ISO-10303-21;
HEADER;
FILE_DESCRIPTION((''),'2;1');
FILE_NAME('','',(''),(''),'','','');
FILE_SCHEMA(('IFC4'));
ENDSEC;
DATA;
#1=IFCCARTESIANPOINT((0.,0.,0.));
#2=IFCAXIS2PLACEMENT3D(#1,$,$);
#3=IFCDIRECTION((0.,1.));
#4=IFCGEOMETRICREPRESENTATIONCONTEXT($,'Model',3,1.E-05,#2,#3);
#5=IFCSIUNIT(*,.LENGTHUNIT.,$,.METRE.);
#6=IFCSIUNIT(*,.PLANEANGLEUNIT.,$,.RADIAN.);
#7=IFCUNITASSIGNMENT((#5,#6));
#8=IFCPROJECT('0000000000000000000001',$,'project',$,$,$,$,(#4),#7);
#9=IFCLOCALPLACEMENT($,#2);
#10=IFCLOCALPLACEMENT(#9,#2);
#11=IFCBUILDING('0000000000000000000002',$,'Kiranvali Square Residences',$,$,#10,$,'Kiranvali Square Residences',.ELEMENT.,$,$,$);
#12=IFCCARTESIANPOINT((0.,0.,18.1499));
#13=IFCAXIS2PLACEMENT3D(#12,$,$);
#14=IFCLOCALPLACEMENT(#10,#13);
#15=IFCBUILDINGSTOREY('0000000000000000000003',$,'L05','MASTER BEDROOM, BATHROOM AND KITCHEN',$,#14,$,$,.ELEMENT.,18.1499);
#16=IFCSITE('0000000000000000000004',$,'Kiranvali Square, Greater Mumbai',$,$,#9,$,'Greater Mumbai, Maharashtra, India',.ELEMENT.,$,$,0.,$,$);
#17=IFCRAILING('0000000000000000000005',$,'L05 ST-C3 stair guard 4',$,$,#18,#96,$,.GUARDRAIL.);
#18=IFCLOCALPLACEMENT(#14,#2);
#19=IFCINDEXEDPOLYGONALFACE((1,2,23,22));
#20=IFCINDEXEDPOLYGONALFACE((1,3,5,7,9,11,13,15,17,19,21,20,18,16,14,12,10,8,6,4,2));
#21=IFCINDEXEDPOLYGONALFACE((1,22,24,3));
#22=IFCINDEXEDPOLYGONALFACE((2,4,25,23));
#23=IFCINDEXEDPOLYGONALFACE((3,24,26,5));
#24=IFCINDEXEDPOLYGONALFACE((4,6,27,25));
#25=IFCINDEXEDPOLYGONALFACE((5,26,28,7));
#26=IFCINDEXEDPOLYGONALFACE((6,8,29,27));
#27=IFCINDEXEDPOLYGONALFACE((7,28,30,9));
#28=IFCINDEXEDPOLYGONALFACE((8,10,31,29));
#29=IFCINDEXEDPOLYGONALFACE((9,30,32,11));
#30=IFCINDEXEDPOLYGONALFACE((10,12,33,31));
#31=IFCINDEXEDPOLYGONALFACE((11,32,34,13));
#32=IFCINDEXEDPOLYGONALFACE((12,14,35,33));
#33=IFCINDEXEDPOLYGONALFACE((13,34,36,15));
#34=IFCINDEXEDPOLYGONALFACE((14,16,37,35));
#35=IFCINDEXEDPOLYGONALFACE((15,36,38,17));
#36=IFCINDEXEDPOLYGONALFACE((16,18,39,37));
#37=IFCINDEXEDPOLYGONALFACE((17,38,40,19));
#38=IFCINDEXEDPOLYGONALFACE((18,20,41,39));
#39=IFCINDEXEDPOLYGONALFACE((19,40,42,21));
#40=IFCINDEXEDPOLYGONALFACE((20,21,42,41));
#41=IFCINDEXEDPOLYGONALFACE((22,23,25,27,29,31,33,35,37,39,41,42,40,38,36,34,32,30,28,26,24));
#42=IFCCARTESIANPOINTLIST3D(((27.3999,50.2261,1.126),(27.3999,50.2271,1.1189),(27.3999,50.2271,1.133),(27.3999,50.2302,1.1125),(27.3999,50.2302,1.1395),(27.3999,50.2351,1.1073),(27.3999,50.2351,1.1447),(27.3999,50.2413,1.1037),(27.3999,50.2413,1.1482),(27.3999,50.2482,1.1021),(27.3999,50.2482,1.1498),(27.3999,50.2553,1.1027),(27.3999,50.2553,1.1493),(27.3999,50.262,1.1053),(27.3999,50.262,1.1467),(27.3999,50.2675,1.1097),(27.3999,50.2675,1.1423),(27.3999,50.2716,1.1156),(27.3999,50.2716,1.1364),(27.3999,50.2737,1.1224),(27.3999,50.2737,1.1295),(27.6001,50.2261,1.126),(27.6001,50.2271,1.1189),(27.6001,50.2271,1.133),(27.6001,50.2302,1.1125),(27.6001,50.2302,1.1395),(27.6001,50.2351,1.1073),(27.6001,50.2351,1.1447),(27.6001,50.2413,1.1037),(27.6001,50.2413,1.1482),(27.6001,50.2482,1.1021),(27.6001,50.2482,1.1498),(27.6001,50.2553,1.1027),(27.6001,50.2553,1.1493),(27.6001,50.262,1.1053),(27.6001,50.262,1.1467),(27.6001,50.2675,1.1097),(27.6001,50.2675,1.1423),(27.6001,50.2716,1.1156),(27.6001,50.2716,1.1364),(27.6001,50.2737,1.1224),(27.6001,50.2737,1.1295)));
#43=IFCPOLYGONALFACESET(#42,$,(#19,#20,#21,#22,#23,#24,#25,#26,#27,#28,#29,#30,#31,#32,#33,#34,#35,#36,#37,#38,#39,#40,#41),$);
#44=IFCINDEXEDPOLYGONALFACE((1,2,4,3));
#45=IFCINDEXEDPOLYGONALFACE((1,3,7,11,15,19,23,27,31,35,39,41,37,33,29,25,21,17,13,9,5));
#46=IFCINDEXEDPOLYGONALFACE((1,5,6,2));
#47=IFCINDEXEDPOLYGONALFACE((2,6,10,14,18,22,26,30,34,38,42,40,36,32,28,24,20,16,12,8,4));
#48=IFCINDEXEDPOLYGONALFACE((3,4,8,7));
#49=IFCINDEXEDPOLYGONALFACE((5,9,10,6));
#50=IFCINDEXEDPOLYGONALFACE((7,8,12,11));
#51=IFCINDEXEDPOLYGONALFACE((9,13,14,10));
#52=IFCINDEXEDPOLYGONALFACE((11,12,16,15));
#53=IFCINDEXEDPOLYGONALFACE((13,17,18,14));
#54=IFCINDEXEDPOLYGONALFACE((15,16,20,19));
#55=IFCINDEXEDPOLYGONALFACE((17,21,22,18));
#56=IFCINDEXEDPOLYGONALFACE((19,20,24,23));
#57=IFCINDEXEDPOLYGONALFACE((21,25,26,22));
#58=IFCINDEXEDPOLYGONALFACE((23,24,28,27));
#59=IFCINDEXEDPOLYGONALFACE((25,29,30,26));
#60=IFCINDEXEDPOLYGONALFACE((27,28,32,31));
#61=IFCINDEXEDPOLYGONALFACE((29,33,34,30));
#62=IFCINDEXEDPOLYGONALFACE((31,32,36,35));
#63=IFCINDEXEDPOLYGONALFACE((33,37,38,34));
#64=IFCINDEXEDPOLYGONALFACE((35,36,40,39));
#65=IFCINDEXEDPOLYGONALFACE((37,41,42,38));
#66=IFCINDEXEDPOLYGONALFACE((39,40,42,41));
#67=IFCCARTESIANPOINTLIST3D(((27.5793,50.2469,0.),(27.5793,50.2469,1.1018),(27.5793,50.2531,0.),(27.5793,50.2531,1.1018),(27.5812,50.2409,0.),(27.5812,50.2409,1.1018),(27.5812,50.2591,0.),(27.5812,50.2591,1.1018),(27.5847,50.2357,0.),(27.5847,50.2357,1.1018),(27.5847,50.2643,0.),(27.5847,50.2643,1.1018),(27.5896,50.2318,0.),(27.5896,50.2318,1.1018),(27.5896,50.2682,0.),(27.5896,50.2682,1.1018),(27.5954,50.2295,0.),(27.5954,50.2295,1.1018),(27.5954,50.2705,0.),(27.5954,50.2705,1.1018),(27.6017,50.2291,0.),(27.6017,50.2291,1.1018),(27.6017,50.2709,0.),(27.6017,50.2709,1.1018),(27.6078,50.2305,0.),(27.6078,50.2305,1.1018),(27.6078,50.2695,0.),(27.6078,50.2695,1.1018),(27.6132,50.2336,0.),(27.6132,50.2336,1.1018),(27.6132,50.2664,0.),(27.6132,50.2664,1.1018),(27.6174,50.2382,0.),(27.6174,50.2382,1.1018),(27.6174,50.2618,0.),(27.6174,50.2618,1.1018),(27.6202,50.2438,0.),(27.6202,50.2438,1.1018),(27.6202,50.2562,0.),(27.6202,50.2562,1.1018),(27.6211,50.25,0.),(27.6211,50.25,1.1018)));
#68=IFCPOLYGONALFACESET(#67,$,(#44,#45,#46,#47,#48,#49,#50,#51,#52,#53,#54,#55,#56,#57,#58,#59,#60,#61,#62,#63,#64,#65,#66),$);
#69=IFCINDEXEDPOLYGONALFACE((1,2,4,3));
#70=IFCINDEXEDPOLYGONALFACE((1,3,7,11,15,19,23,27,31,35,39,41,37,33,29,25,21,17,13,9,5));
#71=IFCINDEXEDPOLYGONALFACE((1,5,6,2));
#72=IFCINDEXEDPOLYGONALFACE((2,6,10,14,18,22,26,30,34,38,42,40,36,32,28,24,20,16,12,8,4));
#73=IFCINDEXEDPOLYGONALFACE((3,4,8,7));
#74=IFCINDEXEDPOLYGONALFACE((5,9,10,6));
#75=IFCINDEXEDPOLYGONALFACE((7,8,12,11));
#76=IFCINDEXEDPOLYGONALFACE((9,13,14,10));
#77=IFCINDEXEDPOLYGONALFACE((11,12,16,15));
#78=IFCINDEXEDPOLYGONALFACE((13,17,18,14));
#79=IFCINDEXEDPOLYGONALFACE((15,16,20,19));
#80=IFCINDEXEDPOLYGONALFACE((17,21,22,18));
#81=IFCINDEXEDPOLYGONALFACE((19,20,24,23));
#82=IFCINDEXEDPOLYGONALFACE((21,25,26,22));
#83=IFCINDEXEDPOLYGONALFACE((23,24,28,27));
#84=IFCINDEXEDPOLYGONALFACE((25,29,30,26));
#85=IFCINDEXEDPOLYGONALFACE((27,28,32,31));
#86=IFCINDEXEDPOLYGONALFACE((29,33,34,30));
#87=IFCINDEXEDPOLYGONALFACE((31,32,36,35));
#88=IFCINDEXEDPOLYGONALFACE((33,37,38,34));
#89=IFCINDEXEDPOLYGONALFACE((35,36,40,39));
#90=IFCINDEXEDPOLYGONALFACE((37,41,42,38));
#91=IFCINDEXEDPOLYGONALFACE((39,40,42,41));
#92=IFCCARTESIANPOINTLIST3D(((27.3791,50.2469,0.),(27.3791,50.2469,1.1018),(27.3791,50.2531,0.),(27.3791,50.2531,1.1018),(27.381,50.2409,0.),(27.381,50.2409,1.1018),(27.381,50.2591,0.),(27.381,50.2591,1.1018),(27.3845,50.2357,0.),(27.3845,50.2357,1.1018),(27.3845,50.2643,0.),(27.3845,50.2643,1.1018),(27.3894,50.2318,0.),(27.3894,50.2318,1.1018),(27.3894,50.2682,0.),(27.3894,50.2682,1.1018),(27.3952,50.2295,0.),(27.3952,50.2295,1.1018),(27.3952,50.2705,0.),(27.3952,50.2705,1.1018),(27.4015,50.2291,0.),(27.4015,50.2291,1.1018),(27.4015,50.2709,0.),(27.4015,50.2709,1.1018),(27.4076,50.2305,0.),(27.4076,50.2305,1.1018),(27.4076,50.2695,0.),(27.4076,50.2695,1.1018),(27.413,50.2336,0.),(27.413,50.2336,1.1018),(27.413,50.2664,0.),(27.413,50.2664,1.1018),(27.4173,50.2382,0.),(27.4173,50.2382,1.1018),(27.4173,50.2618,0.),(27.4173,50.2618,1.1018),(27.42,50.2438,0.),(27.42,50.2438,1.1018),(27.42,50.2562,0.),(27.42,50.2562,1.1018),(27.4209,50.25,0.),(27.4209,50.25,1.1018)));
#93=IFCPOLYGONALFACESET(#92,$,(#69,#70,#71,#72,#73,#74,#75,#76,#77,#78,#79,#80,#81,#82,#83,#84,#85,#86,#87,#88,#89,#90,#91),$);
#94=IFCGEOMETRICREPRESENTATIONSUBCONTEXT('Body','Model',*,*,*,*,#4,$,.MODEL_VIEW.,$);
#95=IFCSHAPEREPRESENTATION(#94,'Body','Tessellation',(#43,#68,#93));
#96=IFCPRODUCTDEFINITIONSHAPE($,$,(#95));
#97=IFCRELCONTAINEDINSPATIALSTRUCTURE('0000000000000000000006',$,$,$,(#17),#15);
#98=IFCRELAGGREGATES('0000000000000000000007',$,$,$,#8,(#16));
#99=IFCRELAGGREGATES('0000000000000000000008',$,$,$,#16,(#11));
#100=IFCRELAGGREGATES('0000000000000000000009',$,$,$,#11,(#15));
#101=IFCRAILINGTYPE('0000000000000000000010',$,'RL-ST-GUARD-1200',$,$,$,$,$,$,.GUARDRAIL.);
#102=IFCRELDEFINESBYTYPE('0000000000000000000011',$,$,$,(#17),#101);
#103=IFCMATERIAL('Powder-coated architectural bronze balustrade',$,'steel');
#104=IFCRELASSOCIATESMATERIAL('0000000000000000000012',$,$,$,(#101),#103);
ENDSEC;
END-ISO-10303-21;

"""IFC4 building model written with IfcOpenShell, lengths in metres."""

from ifc_helpers import new_model, si_unit, direction, frame, origin, origin_2d, place, context, subcontext, project, spatial, circle, extrude, material, type_object, element, save


model = new_model("IFC4")

# Units and contexts
model_context = context("Model", 3, precision=1e-05, world=origin(), true_north=direction((0.0, 1.0)))
body_context = subcontext(model_context, "Body", "Model", "MODEL_VIEW")
ifc_project = project(units=[si_unit("LENGTHUNIT", "METRE"), si_unit("PLANEANGLEUNIT", "RADIAN")], contexts=[model_context])

# Site, building, storey
site_placement = place(None, origin())
site = spatial("IfcSite", under=ifc_project, at=site_placement, Name="Kiranvali Square, Greater Mumbai", LongName="Greater Mumbai, Maharashtra, India", CompositionType="ELEMENT", RefElevation=0.0)
building_placement = place(site_placement, origin())
building = spatial("IfcBuilding", under=site, at=building_placement, Name="Kiranvali Square Residences", LongName="Kiranvali Square Residences", CompositionType="ELEMENT")
storey_placement = place(building_placement, frame((0.0, 0.0, 18.1499)))
storey = spatial("IfcBuildingStorey", under=building, at=storey_placement, Name="L05", Description="MASTER BEDROOM, BATHROOM AND KITCHEN", CompositionType="ELEMENT", Elevation=18.1499)

# Railing
ifc_material_1 = material(Name="Powder-coated architectural bronze balustrade", Category="steel")
railing_type_1 = type_object("IfcRailingType", Name="RL-ST-GUARD-1200", PredefinedType="GUARDRAIL", material=ifc_material_1)
railing_1_placement = place(storey_placement, frame((27.6001, 50.25, 0.0)))
element("IfcRailing", 1, at=railing_1_placement, inside=storey, type_object=railing_type_1, Name="L05 ST-C3 stair guard 4", PredefinedType="GUARDRAIL", context=body_context, shape_type="SweptSolid", body=[
    extrude(circle(Radius=0.0239, at=origin_2d()), frame((0.0, 0.0, 1.126), z_axis=(-1.0, 0.0, 0.0), x_axis=(0.0, -1.0, 0.0)), (0.0, 0.0, 1.0), 0.2002),
    extrude(circle(Radius=0.021, at=origin_2d()), origin(), (0.0, 0.0, 1.0), 1.1018),
    extrude(circle(Radius=0.021, at=origin_2d()), frame((-0.2002, 0.0, 0.0)), (0.0, 0.0, 1.0), 1.1018),
])

save(model, "model.ifc")
